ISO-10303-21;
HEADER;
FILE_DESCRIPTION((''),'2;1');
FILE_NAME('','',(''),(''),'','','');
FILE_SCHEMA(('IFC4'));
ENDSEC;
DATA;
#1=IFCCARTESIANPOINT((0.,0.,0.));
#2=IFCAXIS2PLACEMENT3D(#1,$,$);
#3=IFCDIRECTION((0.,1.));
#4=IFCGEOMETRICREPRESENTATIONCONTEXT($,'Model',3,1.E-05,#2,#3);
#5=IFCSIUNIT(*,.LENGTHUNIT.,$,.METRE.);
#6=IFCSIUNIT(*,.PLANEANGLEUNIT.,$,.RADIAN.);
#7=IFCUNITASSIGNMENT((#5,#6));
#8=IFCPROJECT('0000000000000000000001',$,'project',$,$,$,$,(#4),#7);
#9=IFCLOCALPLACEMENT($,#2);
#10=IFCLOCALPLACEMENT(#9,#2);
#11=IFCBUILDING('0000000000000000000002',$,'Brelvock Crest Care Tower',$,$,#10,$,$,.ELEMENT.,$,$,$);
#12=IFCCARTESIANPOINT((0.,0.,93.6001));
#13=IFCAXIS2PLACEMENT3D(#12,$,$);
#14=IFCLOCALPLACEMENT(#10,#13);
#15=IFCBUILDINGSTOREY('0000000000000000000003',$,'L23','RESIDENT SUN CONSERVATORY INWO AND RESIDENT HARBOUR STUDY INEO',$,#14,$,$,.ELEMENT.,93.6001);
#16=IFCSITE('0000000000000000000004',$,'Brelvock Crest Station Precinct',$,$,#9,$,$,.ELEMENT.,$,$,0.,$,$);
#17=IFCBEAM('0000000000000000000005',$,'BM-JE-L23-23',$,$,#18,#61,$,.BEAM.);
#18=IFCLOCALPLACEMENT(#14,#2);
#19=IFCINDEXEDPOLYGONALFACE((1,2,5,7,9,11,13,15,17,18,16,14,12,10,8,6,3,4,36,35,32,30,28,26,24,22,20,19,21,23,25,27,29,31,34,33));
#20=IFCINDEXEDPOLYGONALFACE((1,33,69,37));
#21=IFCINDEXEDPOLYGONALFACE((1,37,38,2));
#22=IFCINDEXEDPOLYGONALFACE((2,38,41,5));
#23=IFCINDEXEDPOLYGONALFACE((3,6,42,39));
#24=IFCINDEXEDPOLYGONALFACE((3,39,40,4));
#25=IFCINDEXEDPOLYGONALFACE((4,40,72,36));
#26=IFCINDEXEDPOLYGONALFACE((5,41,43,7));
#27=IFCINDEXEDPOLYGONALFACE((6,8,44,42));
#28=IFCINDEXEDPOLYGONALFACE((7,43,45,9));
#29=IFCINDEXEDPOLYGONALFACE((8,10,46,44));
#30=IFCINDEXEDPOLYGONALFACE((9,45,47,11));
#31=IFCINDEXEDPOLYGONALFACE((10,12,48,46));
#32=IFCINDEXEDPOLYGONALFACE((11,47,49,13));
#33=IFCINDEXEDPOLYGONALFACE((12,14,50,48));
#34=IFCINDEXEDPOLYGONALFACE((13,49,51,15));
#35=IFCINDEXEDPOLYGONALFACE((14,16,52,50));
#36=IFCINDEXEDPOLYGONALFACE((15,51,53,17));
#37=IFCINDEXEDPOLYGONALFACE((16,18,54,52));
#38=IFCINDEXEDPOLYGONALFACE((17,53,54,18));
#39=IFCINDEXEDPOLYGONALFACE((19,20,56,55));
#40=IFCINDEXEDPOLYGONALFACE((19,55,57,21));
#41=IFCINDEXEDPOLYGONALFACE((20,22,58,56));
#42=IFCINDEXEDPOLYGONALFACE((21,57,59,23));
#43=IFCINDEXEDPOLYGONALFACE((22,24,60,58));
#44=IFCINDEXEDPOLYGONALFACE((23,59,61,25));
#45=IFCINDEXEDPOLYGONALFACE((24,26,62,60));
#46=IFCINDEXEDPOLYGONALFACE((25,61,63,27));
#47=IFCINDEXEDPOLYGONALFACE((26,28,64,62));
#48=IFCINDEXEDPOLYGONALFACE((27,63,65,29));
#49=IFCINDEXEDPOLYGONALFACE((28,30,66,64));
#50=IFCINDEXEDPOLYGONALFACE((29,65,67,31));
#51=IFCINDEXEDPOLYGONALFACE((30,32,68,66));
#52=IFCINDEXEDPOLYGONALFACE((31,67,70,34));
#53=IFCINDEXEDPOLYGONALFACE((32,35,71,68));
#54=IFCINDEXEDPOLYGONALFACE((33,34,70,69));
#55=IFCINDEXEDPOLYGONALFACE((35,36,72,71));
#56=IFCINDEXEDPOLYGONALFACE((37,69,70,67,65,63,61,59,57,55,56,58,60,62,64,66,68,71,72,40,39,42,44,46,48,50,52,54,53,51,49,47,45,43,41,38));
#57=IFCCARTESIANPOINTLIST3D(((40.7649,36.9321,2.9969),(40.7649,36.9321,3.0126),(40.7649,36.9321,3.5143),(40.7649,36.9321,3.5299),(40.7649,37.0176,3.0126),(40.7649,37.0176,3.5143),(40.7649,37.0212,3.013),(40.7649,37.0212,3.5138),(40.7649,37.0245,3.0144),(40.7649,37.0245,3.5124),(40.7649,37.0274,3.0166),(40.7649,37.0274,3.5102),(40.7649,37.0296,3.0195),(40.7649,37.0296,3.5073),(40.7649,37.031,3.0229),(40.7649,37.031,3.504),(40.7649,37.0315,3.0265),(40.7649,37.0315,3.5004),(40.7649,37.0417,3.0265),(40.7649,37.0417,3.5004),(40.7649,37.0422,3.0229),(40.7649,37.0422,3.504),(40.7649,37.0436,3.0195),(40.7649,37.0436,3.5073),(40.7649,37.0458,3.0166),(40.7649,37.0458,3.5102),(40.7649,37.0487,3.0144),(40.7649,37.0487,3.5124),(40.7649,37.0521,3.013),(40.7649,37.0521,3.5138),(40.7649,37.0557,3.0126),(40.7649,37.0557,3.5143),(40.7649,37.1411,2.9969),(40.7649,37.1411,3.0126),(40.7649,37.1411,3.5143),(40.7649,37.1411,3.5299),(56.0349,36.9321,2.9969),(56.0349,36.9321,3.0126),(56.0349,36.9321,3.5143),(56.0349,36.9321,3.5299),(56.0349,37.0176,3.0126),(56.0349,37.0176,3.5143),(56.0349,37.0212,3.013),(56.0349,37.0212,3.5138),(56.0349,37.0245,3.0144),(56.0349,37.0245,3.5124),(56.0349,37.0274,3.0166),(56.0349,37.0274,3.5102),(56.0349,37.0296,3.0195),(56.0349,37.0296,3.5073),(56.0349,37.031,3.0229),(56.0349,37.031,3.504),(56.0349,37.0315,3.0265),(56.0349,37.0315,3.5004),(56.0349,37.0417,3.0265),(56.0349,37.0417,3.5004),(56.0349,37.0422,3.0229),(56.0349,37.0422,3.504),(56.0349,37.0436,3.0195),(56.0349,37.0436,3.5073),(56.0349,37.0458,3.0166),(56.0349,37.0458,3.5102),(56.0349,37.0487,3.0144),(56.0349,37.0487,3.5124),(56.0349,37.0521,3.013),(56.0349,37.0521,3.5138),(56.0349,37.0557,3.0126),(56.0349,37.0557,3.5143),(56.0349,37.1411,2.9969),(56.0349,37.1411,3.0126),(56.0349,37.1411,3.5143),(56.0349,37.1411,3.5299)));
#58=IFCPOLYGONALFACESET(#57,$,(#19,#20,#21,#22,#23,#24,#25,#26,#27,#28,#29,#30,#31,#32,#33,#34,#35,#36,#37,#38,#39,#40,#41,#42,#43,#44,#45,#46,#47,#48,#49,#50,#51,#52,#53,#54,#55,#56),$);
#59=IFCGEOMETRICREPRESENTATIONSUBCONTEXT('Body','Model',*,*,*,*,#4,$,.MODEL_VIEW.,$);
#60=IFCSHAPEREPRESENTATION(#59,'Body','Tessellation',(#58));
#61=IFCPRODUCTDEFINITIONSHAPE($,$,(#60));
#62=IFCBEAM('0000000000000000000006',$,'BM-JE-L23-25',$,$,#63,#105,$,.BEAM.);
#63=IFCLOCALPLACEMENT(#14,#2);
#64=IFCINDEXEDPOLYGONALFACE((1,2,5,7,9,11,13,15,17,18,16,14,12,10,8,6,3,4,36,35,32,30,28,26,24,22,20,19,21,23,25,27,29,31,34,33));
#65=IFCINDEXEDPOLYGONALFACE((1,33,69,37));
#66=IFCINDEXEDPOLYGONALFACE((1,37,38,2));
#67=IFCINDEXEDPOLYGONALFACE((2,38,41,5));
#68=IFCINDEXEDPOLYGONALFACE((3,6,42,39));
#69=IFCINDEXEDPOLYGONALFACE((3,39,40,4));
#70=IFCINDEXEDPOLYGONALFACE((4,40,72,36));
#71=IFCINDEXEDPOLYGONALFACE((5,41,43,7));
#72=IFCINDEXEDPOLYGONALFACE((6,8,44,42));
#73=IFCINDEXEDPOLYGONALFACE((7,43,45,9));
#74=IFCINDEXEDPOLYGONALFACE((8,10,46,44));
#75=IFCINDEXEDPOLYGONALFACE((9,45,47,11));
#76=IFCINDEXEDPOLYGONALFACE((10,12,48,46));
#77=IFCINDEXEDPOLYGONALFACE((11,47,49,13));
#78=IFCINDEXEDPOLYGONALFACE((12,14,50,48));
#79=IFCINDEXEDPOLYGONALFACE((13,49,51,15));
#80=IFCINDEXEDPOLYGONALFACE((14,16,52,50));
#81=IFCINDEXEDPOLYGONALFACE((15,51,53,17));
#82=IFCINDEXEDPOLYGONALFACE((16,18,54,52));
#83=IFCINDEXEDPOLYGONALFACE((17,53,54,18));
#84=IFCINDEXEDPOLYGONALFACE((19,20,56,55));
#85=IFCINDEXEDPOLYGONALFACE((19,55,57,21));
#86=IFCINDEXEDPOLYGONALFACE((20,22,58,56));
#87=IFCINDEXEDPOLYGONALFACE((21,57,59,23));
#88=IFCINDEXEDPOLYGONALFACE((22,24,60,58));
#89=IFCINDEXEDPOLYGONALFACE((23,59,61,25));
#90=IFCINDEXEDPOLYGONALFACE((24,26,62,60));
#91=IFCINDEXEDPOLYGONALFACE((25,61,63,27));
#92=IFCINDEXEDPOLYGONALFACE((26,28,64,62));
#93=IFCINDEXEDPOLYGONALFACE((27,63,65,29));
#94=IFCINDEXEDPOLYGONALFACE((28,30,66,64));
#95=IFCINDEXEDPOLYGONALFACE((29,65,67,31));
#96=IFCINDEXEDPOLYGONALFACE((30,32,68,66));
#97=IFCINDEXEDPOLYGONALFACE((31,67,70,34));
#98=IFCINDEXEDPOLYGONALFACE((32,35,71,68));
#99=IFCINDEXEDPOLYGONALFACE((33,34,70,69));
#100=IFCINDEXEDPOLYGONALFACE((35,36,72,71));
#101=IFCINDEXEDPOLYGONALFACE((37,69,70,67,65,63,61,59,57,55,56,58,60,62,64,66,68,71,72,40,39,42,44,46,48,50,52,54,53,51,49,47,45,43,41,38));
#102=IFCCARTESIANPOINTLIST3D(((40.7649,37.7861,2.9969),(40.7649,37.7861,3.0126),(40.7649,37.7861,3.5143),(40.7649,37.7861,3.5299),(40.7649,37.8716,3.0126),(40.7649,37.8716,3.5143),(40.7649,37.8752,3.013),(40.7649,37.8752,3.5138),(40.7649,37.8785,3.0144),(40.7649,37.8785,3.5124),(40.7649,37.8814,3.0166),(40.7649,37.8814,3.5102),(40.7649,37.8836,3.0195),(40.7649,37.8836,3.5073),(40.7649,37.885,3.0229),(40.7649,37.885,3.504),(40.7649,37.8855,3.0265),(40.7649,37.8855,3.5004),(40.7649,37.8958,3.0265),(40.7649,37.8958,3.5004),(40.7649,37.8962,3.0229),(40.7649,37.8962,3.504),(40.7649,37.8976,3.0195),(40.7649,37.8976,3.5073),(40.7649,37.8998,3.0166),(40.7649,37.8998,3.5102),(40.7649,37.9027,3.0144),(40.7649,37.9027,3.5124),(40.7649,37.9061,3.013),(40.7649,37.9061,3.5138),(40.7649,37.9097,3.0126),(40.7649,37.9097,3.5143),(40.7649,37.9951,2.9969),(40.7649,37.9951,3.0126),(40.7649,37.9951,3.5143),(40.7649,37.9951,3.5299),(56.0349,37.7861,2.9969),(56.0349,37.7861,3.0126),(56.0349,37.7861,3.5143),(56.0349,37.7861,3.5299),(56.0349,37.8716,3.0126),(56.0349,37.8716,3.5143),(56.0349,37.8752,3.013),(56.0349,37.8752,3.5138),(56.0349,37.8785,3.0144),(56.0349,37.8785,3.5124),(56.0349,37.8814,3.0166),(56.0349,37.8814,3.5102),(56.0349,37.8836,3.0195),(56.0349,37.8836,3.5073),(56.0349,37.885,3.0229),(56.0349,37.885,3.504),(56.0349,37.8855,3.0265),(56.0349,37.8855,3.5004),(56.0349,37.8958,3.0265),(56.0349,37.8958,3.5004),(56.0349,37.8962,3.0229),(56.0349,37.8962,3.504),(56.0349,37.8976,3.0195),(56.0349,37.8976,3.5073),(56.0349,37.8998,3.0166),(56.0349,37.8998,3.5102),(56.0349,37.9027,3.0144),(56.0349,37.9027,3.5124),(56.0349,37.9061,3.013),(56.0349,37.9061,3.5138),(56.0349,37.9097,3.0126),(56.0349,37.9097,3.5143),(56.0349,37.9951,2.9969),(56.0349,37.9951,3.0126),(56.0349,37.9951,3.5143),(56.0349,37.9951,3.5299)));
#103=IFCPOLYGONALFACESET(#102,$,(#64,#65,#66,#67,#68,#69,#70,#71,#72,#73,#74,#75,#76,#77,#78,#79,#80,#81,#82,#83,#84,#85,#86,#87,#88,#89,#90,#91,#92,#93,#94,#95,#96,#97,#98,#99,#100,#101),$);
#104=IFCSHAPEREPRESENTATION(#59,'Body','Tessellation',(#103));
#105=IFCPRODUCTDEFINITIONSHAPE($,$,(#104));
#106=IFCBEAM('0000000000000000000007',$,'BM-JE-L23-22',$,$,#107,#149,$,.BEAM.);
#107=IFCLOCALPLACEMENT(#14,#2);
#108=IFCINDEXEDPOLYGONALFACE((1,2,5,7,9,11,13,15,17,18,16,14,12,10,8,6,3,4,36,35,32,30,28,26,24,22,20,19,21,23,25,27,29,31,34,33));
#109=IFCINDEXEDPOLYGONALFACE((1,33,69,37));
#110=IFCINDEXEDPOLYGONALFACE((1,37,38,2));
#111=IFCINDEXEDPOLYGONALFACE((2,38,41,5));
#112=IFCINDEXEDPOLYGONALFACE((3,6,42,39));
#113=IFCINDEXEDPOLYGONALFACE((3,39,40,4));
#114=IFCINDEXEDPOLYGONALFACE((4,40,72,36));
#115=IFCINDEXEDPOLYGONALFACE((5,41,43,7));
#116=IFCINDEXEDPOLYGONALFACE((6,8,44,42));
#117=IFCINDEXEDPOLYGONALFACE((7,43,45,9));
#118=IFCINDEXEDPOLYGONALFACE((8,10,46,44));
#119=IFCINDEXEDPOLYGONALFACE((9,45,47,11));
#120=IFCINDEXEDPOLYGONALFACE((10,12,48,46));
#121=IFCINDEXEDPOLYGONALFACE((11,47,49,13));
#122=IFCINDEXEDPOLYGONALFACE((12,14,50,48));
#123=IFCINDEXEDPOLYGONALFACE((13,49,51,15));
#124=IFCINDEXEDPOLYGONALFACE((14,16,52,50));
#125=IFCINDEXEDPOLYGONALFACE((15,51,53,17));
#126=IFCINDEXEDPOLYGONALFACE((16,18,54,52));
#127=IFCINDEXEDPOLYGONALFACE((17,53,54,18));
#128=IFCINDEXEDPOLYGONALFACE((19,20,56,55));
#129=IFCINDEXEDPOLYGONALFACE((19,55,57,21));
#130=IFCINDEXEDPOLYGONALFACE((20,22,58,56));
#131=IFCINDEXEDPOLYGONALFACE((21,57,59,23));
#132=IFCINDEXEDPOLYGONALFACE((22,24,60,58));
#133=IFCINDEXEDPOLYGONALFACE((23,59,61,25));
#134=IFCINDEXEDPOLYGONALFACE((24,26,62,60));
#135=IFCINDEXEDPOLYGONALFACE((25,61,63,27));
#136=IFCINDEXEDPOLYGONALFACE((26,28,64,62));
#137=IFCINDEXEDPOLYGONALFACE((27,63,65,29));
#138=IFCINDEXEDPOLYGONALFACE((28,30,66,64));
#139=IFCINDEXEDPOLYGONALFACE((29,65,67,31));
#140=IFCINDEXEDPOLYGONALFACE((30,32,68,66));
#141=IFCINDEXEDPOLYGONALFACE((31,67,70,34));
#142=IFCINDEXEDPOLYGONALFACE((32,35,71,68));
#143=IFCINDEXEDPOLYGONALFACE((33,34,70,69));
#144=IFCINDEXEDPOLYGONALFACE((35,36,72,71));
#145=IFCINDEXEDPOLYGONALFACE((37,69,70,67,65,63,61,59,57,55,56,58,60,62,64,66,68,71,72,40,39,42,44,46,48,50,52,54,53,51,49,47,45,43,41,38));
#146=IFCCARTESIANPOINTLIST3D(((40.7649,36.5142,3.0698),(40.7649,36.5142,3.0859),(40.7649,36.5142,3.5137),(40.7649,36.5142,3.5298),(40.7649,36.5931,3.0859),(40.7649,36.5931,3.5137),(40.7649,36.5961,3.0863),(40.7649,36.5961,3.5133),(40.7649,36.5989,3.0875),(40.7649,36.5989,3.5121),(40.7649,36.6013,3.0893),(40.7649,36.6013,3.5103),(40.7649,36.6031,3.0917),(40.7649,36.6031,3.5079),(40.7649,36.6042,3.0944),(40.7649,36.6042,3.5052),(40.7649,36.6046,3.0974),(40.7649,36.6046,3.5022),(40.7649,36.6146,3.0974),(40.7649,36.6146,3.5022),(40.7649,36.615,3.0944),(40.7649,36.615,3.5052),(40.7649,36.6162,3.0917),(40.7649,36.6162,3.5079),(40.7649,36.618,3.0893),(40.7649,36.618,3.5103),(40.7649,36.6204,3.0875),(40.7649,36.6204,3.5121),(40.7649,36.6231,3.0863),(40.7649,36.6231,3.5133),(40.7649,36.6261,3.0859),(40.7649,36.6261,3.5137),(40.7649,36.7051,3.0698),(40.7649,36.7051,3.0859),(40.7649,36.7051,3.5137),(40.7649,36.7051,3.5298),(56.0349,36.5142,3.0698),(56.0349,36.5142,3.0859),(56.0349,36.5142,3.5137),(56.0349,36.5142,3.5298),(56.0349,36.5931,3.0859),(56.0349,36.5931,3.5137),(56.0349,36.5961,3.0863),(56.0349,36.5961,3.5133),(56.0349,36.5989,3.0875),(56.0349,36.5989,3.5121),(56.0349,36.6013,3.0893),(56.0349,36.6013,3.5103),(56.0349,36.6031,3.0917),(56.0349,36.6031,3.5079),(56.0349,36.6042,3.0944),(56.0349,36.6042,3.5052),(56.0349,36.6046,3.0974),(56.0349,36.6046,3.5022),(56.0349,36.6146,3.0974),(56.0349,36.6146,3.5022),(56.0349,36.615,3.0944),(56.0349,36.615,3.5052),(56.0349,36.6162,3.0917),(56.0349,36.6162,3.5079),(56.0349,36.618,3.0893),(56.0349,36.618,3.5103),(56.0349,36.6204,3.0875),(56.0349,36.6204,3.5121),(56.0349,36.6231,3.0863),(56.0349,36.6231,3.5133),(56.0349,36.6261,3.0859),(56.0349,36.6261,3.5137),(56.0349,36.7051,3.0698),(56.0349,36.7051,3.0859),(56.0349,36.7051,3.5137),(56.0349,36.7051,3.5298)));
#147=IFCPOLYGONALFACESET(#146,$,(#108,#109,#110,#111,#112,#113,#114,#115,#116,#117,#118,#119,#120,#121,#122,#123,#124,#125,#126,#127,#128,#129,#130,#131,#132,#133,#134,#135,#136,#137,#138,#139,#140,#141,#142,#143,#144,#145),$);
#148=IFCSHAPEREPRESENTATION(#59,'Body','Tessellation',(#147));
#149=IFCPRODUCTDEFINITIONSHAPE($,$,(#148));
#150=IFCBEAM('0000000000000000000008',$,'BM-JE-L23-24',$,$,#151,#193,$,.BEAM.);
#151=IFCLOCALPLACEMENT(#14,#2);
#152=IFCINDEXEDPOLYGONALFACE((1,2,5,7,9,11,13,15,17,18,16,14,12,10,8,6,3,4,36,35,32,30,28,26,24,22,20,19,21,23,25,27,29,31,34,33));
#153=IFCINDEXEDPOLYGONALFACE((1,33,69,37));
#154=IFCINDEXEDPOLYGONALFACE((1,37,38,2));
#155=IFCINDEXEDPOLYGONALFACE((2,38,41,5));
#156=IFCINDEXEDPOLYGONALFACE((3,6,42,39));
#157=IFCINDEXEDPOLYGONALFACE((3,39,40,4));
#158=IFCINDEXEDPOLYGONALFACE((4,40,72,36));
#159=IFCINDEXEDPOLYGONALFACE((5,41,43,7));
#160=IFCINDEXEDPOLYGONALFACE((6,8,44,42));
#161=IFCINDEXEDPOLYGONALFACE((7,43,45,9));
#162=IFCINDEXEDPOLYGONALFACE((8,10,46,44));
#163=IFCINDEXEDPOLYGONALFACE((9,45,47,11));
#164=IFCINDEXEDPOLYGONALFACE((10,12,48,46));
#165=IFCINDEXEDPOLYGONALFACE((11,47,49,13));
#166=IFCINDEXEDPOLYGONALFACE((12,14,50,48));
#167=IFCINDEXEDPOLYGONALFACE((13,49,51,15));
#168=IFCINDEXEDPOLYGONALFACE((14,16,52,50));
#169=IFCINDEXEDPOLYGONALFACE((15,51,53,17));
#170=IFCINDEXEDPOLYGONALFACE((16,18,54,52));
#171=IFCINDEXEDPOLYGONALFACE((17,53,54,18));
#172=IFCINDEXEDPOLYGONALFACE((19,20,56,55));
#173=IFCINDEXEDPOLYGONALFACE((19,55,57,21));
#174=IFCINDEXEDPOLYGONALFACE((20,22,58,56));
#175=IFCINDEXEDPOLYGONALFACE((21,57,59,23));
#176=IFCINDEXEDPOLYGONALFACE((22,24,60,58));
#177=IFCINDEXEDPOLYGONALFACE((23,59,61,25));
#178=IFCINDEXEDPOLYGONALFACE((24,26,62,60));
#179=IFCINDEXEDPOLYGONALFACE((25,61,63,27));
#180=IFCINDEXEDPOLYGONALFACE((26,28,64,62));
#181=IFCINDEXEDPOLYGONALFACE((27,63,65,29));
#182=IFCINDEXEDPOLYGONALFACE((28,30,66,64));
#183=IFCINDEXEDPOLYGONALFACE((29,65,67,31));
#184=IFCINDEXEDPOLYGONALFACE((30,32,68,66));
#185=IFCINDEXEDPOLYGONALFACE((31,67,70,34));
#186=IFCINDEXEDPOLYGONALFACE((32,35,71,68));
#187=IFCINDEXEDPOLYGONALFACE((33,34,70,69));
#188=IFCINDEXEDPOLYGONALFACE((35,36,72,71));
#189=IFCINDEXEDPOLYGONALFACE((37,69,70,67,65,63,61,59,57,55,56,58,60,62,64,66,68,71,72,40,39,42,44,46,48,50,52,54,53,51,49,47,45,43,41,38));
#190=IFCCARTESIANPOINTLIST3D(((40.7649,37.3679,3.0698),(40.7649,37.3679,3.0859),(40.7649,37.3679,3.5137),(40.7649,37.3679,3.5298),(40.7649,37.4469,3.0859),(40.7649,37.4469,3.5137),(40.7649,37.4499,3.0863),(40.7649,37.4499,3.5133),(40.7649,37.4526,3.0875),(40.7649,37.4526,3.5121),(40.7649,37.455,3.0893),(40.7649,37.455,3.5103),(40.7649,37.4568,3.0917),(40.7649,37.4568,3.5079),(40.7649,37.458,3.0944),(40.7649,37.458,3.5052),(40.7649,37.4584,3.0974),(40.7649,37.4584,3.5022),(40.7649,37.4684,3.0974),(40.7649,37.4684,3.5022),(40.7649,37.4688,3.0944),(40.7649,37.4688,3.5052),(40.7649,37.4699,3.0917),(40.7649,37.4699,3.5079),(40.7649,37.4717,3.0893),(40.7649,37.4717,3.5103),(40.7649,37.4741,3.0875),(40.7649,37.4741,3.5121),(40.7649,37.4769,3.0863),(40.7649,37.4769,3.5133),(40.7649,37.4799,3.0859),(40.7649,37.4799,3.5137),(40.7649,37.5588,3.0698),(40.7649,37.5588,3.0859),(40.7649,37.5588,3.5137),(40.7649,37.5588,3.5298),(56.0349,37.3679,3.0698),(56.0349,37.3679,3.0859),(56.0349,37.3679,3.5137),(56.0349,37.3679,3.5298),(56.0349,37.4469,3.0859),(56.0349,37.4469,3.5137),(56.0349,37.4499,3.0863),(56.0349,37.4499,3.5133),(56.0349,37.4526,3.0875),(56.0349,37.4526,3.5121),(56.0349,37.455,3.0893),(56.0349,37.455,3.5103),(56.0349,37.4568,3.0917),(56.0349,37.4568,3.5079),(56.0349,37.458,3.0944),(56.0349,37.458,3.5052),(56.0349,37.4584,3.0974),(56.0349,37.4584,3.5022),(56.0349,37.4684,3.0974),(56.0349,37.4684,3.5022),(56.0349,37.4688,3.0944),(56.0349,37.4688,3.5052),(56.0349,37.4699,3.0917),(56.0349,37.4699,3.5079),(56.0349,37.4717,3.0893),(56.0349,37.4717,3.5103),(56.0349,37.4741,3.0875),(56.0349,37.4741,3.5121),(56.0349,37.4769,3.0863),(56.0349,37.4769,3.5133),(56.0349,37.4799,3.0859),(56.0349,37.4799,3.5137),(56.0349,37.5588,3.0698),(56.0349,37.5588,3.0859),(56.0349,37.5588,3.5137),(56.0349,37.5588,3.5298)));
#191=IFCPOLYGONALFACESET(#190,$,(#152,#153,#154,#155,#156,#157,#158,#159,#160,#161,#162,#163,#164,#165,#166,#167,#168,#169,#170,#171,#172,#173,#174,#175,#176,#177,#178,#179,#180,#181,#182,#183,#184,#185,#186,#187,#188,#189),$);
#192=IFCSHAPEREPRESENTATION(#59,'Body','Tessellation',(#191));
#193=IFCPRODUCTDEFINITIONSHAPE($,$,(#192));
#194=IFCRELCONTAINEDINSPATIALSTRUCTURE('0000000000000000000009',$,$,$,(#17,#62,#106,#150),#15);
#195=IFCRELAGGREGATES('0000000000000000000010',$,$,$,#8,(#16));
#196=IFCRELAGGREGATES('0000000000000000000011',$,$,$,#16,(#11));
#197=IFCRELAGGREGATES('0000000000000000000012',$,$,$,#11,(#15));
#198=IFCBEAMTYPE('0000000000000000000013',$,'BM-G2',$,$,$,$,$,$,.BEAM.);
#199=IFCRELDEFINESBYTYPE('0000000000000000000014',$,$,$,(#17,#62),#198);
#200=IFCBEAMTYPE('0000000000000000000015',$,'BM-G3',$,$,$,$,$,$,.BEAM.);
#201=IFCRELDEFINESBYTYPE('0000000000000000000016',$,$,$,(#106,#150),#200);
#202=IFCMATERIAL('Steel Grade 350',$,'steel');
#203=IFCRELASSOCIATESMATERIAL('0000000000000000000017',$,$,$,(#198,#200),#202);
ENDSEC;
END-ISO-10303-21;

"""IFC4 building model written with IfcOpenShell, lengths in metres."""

from ifc_helpers import new_model, si_unit, direction, frame, origin, origin_2d, place, context, subcontext, project, spatial, i_section, extrude, source, transform, mapped, material, material_profile, profile_set, type_object, element, save


model = new_model("IFC4")

# Units and contexts
model_context = context("Model", 3, precision=1e-05, world=origin(), true_north=direction((0.0, 1.0)))
body_context = subcontext(model_context, "Body", "Model", "MODEL_VIEW")
ifc_project = project(units=[si_unit("LENGTHUNIT", "METRE"), si_unit("PLANEANGLEUNIT", "RADIAN")], contexts=[model_context])

# Site, building, storey
site_placement = place(None, origin())
site = spatial("IfcSite", under=ifc_project, at=site_placement, Name="Brelvock Crest Station Precinct", CompositionType="ELEMENT", RefElevation=0.0)
building_placement = place(site_placement, origin())
building = spatial("IfcBuilding", under=site, at=building_placement, Name="Brelvock Crest Care Tower", CompositionType="ELEMENT")
storey_placement = place(building_placement, frame((0.0, 0.0, 93.6001)))
storey = spatial("IfcBuildingStorey", under=building, at=storey_placement, Name="L23", Description="RESIDENT SUN CONSERVATORY INWO AND RESIDENT HARBOUR STUDY INEO", CompositionType="ELEMENT", Elevation=93.6001)

# Beams
ifc_material_1 = material(Name="Steel Grade 350", Category="steel")
ifc_material_profile_1 = material_profile(ifc_material_1, i_section(OverallWidth=0.209, OverallDepth=0.533, WebThickness=0.0103, FlangeThickness=0.0156, FilletRadius=0.0139, at=origin_2d()), Name="530UB92.4")
ifc_profile_set_1 = profile_set([ifc_material_profile_1], Name="Steel Grade 350")
beam_type_1 = type_object("IfcBeamType", Name="BM-G2", PredefinedType="BEAM", material=ifc_profile_set_1)
shared_shape_1 = source(origin(), body_context, "Body", "SweptSolid", [
    extrude(i_section(OverallWidth=0.209, OverallDepth=0.533, WebThickness=0.0103, FlangeThickness=0.0156, FilletRadius=0.0139, at=origin_2d()), origin(), (0.0, 0.0, 1.0), 15.27),
])
for number, where, z_axis, x_axis, name in (
    (1, (40.7649, 37.0366, 3.2634), (1.0, 0.0, 0.0), (0.0, 1.0, 0.0), "BM-JE-L23-23"),
    (2, (40.7649, 37.8906, 3.2634), (1.0, 0.0, 0.0), (0.0, 1.0, 0.0), "BM-JE-L23-25"),
):
    element("IfcBeam", number, at=place(storey_placement, frame(where, z_axis=z_axis, x_axis=x_axis)), inside=storey, type_object=beam_type_1, Name=name, PredefinedType="BEAM", context=body_context, shape_type="MappedRepresentation", body=[
        mapped(shared_shape_1, transform((0.0, 0.0, 0.0), x_axis=(1.0, 0.0, 0.0), y_axis=(0.0, 1.0, 0.0), z_axis=(0.0, 0.0, 1.0), scale=1.0)),
    ])
ifc_material_profile_2 = material_profile(ifc_material_1, i_section(OverallWidth=0.1909, OverallDepth=0.46, WebThickness=0.01, FlangeThickness=0.0161, FilletRadius=0.0115, at=origin_2d()), Name="460UB82.1")
ifc_profile_set_2 = profile_set([ifc_material_profile_2], Name="Steel Grade 350")
beam_type_2 = type_object("IfcBeamType", Name="BM-G3", PredefinedType="BEAM", material=ifc_profile_set_2)
shared_shape_2 = source(origin(), body_context, "Body", "SweptSolid", [
    extrude(i_section(OverallWidth=0.1909, OverallDepth=0.46, WebThickness=0.01, FlangeThickness=0.0161, FilletRadius=0.0115, at=origin_2d()), origin(), (0.0, 0.0, 1.0), 15.27),
])
for number, where, z_axis, x_axis, name in (
    (3, (40.7649, 36.6096, 3.2998), (1.0, 0.0, 0.0), (0.0, 1.0, 0.0), "BM-JE-L23-22"),
    (4, (40.7649, 37.4634, 3.2998), (1.0, 0.0, 0.0), (0.0, 1.0, 0.0), "BM-JE-L23-24"),
):
    element("IfcBeam", number, at=place(storey_placement, frame(where, z_axis=z_axis, x_axis=x_axis)), inside=storey, type_object=beam_type_2, Name=name, PredefinedType="BEAM", context=body_context, shape_type="MappedRepresentation", body=[
        mapped(shared_shape_2, transform((0.0, 0.0, 0.0), x_axis=(1.0, 0.0, 0.0), y_axis=(0.0, 1.0, 0.0), z_axis=(0.0, 0.0, 1.0), scale=1.0)),
    ])

save(model, "model.ifc")
